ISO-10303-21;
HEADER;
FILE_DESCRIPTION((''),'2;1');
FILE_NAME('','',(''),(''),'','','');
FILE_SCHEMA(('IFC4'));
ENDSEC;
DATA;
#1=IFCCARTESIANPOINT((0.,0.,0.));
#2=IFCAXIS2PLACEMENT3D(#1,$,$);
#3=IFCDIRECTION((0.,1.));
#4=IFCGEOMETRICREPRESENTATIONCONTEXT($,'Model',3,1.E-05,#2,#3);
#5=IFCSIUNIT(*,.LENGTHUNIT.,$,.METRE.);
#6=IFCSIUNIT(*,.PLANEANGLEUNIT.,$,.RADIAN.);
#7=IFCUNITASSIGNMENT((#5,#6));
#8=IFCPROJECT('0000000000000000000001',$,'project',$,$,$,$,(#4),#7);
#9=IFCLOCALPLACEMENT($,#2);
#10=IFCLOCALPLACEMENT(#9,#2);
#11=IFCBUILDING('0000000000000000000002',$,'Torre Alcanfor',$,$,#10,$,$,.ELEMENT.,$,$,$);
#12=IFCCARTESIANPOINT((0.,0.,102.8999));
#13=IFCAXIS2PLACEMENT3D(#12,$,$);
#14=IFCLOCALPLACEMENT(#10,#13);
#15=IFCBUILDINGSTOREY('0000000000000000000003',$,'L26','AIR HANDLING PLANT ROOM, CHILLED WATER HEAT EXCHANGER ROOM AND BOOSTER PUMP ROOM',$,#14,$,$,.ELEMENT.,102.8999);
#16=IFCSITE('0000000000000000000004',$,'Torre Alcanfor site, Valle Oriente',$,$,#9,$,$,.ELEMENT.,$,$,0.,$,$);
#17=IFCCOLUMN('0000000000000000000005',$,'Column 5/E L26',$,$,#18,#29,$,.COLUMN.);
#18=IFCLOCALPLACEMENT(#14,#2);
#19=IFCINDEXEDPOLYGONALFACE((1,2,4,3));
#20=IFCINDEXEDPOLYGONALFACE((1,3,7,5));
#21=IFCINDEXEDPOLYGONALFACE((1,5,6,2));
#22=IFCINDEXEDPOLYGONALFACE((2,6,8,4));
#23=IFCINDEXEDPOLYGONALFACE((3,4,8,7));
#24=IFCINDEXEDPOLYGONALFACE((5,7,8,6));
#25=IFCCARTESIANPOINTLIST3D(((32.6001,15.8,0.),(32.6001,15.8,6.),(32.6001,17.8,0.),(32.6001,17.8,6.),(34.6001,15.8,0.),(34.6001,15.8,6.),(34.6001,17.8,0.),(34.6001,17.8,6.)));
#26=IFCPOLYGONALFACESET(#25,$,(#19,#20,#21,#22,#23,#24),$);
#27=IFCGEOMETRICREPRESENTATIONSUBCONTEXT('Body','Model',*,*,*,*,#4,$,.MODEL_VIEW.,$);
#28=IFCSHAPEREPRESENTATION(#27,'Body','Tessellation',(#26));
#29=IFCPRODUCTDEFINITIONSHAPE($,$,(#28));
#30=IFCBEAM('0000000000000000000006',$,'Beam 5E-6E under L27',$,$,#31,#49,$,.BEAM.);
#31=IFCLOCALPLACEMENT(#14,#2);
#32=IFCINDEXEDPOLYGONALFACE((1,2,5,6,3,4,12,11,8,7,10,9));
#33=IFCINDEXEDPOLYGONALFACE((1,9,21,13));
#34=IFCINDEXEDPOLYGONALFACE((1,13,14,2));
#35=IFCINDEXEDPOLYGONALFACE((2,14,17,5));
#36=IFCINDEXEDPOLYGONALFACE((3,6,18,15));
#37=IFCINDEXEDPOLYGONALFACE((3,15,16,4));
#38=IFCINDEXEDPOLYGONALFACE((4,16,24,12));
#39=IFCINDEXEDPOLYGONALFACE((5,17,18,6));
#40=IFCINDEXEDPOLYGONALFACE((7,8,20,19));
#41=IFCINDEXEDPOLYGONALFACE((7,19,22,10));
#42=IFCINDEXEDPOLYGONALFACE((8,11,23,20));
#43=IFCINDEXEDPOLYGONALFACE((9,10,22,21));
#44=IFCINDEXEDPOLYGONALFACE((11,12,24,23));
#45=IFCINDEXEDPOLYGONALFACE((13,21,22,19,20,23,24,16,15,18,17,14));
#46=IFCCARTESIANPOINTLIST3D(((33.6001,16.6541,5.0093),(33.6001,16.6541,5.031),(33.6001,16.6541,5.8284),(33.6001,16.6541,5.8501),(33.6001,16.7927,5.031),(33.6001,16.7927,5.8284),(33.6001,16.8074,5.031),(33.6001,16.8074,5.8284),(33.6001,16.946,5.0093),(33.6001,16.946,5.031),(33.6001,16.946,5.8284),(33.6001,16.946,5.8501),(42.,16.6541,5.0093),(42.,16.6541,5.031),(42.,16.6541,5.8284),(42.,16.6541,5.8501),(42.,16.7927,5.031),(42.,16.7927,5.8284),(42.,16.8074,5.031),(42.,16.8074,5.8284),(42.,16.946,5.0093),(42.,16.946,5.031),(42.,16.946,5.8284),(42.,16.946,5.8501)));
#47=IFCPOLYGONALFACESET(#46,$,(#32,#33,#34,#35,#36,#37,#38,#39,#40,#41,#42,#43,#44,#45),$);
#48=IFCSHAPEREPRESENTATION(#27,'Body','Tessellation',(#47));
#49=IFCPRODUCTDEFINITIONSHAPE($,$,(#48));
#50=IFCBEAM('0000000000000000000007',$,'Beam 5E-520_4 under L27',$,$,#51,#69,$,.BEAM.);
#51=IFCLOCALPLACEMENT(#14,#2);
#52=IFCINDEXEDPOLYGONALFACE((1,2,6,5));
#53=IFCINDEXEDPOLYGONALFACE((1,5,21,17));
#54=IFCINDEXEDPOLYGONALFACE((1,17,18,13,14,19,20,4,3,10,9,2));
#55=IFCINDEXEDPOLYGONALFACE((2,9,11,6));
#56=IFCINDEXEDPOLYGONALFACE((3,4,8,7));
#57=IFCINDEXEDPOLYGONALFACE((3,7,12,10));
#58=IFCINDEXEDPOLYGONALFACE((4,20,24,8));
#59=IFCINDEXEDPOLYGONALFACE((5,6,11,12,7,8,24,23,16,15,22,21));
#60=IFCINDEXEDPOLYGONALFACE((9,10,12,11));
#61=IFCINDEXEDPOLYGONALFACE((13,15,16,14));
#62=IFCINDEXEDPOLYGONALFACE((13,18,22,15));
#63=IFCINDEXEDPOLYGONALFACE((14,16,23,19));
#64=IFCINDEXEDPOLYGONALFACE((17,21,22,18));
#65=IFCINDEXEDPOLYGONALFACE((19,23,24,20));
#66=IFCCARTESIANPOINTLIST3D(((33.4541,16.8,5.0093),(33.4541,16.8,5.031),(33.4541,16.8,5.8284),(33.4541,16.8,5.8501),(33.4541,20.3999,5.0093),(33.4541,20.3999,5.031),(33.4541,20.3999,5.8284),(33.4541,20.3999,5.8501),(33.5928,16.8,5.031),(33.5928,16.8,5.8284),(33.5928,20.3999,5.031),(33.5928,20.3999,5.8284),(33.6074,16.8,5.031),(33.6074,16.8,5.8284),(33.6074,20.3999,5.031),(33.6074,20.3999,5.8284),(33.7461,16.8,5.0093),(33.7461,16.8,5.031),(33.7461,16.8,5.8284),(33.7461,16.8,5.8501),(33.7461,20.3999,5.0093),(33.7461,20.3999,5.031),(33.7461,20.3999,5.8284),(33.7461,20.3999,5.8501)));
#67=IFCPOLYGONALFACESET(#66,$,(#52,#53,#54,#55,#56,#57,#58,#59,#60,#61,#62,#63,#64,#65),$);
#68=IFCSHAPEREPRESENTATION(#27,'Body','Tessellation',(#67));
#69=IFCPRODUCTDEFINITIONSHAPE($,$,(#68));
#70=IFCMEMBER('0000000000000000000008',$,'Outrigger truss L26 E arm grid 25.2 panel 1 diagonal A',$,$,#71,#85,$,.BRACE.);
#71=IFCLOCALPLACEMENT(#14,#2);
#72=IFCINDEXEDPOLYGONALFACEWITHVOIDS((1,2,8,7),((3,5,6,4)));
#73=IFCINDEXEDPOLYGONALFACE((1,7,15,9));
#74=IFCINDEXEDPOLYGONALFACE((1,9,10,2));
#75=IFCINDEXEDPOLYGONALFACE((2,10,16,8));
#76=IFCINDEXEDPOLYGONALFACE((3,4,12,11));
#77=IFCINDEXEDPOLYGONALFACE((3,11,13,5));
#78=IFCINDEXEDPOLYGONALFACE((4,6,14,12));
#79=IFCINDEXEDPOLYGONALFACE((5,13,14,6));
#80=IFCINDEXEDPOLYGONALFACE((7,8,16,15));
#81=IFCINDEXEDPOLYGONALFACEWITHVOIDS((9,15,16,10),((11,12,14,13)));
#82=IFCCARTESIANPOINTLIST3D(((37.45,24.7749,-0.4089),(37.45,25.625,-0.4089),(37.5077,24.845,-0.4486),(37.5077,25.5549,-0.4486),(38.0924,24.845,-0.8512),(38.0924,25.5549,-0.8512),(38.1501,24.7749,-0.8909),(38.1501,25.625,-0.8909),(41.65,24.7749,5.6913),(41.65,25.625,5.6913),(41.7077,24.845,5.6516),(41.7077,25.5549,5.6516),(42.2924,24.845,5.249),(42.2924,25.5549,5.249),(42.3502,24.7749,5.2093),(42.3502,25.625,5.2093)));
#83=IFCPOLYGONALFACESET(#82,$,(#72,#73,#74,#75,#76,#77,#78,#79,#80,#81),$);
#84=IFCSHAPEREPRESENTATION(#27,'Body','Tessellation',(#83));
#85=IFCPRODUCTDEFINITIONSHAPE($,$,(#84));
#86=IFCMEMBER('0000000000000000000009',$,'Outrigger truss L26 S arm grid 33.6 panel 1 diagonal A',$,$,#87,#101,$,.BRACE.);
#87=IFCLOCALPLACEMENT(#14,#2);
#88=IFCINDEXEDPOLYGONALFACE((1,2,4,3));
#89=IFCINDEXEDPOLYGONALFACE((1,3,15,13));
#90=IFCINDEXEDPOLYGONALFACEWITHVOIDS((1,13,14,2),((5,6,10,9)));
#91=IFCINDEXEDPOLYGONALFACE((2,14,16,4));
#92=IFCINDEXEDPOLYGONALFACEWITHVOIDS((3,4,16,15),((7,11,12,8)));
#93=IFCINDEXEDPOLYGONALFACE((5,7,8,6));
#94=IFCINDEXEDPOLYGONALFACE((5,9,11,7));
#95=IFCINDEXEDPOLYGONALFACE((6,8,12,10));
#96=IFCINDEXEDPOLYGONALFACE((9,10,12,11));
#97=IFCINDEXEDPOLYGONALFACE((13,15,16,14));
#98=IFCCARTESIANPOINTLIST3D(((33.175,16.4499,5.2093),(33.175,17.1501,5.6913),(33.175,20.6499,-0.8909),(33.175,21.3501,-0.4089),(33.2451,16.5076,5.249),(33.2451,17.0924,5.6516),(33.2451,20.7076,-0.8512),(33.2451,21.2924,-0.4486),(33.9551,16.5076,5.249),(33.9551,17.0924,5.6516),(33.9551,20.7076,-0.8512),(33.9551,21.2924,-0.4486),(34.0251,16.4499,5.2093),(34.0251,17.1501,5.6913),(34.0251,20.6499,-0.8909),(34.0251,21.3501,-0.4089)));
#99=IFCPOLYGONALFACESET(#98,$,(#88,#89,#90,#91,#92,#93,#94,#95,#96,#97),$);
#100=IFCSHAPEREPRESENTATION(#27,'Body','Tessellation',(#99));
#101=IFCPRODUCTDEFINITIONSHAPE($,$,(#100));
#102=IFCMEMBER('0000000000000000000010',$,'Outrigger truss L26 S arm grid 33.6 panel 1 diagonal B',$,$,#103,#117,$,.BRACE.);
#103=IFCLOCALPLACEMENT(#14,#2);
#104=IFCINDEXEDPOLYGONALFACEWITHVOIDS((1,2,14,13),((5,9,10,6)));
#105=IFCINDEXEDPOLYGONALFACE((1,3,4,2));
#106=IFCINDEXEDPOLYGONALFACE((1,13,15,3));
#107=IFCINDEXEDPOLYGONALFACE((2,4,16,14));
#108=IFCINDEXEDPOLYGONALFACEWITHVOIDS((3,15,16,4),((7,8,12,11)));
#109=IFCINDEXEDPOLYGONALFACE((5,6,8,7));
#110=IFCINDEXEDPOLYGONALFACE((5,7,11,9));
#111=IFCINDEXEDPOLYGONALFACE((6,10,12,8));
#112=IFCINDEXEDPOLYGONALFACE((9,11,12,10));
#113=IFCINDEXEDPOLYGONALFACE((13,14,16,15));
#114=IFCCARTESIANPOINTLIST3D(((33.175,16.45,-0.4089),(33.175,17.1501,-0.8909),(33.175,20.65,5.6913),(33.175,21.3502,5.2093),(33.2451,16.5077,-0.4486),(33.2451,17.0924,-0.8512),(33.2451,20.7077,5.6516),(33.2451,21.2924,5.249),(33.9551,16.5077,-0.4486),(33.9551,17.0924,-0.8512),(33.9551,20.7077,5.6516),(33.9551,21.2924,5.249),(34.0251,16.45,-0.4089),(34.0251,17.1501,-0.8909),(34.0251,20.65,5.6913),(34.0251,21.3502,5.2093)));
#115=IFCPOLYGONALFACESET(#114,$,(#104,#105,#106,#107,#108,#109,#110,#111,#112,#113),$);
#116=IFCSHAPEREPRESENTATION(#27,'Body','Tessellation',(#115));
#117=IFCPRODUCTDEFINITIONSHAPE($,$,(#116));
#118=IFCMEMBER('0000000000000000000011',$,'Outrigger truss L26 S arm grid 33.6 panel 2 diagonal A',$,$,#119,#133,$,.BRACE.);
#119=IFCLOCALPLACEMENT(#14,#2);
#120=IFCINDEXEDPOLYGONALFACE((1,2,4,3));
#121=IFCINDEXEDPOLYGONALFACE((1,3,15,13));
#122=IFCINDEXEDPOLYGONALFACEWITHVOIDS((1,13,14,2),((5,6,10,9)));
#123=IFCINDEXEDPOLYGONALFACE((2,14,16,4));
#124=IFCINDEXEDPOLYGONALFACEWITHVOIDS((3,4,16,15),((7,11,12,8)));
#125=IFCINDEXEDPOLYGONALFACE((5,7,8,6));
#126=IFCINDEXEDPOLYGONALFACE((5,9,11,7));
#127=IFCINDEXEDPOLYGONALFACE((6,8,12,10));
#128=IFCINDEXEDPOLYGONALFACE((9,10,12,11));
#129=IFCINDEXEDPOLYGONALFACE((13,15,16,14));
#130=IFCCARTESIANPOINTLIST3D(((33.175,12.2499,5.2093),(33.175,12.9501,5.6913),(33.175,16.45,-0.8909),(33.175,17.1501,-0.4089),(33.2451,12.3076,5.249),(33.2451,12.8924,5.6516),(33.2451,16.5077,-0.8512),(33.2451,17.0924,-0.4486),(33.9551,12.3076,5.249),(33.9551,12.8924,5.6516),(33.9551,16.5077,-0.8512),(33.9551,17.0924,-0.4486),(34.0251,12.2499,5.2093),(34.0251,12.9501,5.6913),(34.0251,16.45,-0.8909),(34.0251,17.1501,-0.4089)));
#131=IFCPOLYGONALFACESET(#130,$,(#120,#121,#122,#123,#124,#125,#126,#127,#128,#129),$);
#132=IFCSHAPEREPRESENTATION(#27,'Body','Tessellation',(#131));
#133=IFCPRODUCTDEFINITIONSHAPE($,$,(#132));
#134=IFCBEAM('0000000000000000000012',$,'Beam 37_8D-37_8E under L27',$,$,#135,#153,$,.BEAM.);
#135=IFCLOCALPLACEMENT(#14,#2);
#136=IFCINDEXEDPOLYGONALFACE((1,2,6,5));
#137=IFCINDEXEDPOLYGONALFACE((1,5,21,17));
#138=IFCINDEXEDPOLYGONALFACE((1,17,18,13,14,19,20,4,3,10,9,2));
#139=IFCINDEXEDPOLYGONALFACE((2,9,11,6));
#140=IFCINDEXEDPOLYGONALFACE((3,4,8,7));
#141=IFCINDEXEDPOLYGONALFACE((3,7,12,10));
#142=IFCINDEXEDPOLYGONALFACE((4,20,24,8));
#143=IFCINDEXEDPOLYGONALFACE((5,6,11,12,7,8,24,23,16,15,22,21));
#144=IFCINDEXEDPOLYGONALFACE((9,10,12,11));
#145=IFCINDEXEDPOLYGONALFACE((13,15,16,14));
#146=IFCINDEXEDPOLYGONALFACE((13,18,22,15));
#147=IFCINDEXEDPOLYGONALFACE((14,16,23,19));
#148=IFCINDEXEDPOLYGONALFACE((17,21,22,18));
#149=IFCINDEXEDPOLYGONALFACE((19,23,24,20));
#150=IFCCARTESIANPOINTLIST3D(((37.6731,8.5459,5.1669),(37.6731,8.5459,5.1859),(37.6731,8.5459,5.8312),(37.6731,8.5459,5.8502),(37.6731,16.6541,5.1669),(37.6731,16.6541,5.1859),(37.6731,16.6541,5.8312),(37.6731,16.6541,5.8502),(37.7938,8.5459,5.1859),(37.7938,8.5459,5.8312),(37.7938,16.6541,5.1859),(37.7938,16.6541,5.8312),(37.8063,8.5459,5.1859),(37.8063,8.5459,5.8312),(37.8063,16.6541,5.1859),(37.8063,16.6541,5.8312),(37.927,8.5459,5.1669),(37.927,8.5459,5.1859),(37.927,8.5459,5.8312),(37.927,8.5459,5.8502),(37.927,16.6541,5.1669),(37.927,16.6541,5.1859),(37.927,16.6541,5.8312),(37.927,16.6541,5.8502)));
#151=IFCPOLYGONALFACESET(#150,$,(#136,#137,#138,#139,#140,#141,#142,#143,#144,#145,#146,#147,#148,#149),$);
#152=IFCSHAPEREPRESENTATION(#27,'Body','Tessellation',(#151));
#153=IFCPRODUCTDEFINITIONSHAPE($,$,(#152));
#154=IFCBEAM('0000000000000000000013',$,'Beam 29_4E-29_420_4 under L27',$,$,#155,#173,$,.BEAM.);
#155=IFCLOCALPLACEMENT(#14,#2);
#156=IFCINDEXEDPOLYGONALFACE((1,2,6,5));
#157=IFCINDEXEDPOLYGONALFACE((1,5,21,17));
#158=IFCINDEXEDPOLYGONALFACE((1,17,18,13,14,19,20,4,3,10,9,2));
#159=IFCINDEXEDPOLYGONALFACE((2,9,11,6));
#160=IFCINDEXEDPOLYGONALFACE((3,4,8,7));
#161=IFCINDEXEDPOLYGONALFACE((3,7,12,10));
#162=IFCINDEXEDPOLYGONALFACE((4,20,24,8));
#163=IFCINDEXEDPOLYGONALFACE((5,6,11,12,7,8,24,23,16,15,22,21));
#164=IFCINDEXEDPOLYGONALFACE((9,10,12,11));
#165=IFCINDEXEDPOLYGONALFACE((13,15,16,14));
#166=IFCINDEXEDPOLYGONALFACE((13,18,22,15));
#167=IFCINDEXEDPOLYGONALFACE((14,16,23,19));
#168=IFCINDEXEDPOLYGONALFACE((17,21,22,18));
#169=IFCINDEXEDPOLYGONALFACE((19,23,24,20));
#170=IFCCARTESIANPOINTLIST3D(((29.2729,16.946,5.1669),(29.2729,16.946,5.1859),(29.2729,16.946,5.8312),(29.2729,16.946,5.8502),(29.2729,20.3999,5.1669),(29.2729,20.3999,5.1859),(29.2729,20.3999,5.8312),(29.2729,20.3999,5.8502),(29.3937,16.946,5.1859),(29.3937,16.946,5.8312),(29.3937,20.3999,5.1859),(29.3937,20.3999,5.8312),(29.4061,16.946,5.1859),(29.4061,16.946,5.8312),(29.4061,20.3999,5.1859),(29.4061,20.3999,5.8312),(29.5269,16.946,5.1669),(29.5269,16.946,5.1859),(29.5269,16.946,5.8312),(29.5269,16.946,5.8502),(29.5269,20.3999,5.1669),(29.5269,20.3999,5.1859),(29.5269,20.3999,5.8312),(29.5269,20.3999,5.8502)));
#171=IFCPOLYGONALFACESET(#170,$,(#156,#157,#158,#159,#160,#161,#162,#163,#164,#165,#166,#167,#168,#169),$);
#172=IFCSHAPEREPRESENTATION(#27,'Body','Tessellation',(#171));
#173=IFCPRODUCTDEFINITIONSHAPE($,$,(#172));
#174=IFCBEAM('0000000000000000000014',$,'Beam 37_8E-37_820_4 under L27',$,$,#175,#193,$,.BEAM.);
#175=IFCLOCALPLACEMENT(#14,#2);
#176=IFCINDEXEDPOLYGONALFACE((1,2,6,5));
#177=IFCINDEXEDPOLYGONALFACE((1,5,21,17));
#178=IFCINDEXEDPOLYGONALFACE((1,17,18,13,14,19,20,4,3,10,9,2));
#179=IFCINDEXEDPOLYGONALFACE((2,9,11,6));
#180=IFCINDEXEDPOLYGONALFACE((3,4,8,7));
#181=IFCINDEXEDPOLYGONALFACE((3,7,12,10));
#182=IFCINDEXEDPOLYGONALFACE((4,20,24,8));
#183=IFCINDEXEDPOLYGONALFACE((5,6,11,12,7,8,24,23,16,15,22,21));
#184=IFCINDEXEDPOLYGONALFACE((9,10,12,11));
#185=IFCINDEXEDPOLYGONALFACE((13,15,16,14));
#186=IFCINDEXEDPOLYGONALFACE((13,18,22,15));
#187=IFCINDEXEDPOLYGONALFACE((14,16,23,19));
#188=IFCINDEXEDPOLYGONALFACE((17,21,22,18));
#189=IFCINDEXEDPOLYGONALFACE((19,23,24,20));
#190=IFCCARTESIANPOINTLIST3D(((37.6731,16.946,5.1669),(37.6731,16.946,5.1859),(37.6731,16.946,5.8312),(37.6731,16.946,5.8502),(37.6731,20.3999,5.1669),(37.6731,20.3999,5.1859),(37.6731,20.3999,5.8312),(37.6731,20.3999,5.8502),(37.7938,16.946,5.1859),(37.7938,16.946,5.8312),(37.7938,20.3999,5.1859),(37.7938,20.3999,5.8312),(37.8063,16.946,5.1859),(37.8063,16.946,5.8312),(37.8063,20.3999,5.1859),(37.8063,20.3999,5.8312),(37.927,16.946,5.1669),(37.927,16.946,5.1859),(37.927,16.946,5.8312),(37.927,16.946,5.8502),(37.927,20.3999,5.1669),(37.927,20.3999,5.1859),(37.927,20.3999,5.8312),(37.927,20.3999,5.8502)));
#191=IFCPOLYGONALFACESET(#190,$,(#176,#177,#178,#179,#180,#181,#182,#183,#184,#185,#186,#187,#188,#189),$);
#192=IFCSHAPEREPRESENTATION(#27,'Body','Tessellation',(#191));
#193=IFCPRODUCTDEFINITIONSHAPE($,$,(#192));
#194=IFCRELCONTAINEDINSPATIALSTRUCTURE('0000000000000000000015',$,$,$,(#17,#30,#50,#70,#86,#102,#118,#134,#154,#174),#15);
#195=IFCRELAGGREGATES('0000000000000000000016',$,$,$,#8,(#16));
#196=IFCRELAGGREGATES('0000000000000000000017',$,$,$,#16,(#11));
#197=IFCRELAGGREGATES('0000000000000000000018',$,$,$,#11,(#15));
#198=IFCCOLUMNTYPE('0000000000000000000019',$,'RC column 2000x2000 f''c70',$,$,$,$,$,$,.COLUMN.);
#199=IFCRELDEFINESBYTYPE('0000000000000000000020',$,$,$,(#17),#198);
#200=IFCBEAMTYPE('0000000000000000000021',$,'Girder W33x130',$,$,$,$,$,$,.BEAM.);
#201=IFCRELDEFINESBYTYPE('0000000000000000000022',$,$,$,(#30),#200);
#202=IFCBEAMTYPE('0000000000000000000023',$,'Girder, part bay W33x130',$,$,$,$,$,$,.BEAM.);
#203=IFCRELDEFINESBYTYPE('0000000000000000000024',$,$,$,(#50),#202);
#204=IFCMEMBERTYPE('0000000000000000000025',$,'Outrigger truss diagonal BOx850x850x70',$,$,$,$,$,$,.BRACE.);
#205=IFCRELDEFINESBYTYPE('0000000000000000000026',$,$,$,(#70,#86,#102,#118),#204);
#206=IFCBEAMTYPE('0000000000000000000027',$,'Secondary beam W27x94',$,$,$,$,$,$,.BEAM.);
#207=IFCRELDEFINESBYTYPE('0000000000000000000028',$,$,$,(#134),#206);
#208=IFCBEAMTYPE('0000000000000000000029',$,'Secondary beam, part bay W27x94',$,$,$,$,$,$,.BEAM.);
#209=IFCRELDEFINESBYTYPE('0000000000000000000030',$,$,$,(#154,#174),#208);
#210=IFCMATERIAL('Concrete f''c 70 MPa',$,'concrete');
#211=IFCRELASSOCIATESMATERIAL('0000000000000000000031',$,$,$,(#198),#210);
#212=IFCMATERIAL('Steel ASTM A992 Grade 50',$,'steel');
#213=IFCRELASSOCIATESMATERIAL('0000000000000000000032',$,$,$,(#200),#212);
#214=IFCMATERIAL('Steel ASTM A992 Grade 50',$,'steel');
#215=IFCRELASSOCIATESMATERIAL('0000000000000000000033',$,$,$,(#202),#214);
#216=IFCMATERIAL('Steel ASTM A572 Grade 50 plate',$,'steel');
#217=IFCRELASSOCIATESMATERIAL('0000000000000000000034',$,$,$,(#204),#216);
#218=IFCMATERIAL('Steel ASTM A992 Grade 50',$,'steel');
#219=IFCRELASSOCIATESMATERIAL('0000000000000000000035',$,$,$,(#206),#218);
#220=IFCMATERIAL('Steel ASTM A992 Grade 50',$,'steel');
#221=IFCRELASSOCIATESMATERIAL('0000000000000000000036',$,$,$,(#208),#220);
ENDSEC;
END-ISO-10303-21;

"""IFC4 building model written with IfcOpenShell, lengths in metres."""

from ifc_helpers import new_model, si_unit, direction, frame, origin, origin_2d, place, context, subcontext, project, spatial, rectangle, hollow_rectangle, i_section, extrude, material, material_profile, profile_set, type_object, element, save


model = new_model("IFC4")

# Units and contexts
model_context = context("Model", 3, precision=1e-05, world=origin(), true_north=direction((0.0, 1.0)))
body_context = subcontext(model_context, "Body", "Model", "MODEL_VIEW")
ifc_project = project(units=[si_unit("LENGTHUNIT", "METRE"), si_unit("PLANEANGLEUNIT", "RADIAN")], contexts=[model_context])

# Site, building, storey
site_placement = place(None, origin())
site = spatial("IfcSite", under=ifc_project, at=site_placement, Name="Torre Alcanfor site, Valle Oriente", CompositionType="ELEMENT", RefElevation=0.0)
building_placement = place(site_placement, origin())
building = spatial("IfcBuilding", under=site, at=building_placement, Name="Torre Alcanfor", CompositionType="ELEMENT")
storey_placement = place(building_placement, frame((0.0, 0.0, 102.8999)))
storey = spatial("IfcBuildingStorey", under=building, at=storey_placement, Name="L26", Description="AIR HANDLING PLANT ROOM, CHILLED WATER HEAT EXCHANGER ROOM AND BOOSTER PUMP ROOM", CompositionType="ELEMENT", Elevation=102.8999)

# Column
ifc_material_1 = material(Name="Concrete f'c 70 MPa", Category="concrete")
ifc_material_profile_1 = material_profile(ifc_material_1, rectangle(XDim=2.0, YDim=2.0, at=origin_2d()), Name="2000x2000")
ifc_profile_set_1 = profile_set([ifc_material_profile_1], Name="Concrete f'c 70 MPa")
column_type = type_object("IfcColumnType", Name="RC column 2000x2000 f'c70", PredefinedType="COLUMN", material=ifc_profile_set_1)
column_placement = place(storey_placement, frame((33.6001, 16.8, 0.0), z_axis=(0.0, 0.0, 1.0), x_axis=(1.0, 0.0, 0.0)))
element("IfcColumn", 1, at=column_placement, inside=storey, type_object=column_type, Name="Column 5/E L26", PredefinedType="COLUMN", context=body_context, shape_type="SweptSolid", body=[
    extrude(rectangle(XDim=2.0, YDim=2.0, at=origin_2d()), origin(), (0.0, 0.0, 1.0), 6.0),
])

# Beams
ifc_material_2 = material(Name="Steel ASTM A992 Grade 50", Category="steel")
ifc_material_profile_2 = material_profile(ifc_material_2, i_section(OverallWidth=0.292, OverallDepth=0.8408, WebThickness=0.0146, FlangeThickness=0.0217, at=origin_2d()), Name="W33x130")
ifc_profile_set_2 = profile_set([ifc_material_profile_2], Name="Steel ASTM A992 Grade 50")
beam_type_1 = type_object("IfcBeamType", Name="Girder W33x130", PredefinedType="BEAM", material=ifc_profile_set_2)
beam_1_placement = place(storey_placement, frame((33.6001, 16.8, 5.4297), z_axis=(1.0, 0.0, 0.0), x_axis=(0.0, 1.0, 0.0)))
element("IfcBeam", 2, at=beam_1_placement, inside=storey, type_object=beam_type_1, Name="Beam 5E-6E under L27", PredefinedType="BEAM", context=body_context, shape_type="SweptSolid", body=[
    extrude(i_section(OverallWidth=0.292, OverallDepth=0.8408, WebThickness=0.0146, FlangeThickness=0.0217, at=origin_2d()), origin(), (0.0, 0.0, 1.0), 8.3999),
])
ifc_material_3 = material(Name="Steel ASTM A992 Grade 50", Category="steel")
ifc_material_profile_3 = material_profile(ifc_material_3, i_section(OverallWidth=0.292, OverallDepth=0.8408, WebThickness=0.0146, FlangeThickness=0.0217, at=origin_2d()), Name="W33x130")
ifc_profile_set_3 = profile_set([ifc_material_profile_3], Name="Steel ASTM A992 Grade 50")
beam_type_2 = type_object("IfcBeamType", Name="Girder, part bay W33x130", PredefinedType="BEAM", material=ifc_profile_set_3)
beam_2_placement = place(storey_placement, frame((33.6001, 16.8, 5.4297), z_axis=(0.0, 1.0, 0.0), x_axis=(-1.0, 0.0, 0.0)))
element("IfcBeam", 3, at=beam_2_placement, inside=storey, type_object=beam_type_2, Name="Beam 5E-520_4 under L27", PredefinedType="BEAM", context=body_context, shape_type="SweptSolid", body=[
    extrude(i_section(OverallWidth=0.292, OverallDepth=0.8408, WebThickness=0.0146, FlangeThickness=0.0217, at=origin_2d()), origin(), (0.0, 0.0, 1.0), 3.5999),
])

# Members
ifc_material_4 = material(Name="Steel ASTM A572 Grade 50 plate", Category="steel")
ifc_material_profile_4 = material_profile(ifc_material_4, hollow_rectangle(XDim=0.8501, YDim=0.8501, WallThickness=0.0701, at=origin_2d()), Name="BOX 850x850x70")
ifc_profile_set_4 = profile_set([ifc_material_profile_4], Name="Steel ASTM A572 Grade 50 plate")
member_type = type_object("IfcMemberType", Name="Outrigger truss diagonal BOx850x850x70", PredefinedType="BRACE", material=ifc_profile_set_4)
for number, where, z_axis, x_axis, name in (
    (4, (37.8, 25.2, -0.6499), (0.567091, 0.0, 0.823655), (0.0, 1.0, 0.0), "Outrigger truss L26 E arm grid 25.2 panel 1 diagonal A"),
    (5, (33.6001, 21.0, -0.6499), (0.0, -0.567091, 0.823655), (1.0, 0.0, 0.0), "Outrigger truss L26 S arm grid 33.6 panel 1 diagonal A"),
    (6, (33.6001, 16.8, -0.6499), (0.0, 0.567091, 0.823655), (-1.0, 0.0, 0.0), "Outrigger truss L26 S arm grid 33.6 panel 1 diagonal B"),
    (7, (33.6001, 16.8, -0.6499), (0.0, -0.567091, 0.823655), (1.0, 0.0, 0.0), "Outrigger truss L26 S arm grid 33.6 panel 2 diagonal A"),
):
    element("IfcMember", number, at=place(storey_placement, frame(where, z_axis=z_axis, x_axis=x_axis)), inside=storey, type_object=member_type, Name=name, PredefinedType="BRACE", context=body_context, shape_type="SweptSolid", body=[
        extrude(hollow_rectangle(XDim=0.8501, YDim=0.8501, WallThickness=0.0701, at=origin_2d()), origin(), (0.0, 0.0, 1.0), 7.4062),
    ])

# Beams
ifc_material_5 = material(Name="Steel ASTM A992 Grade 50", Category="steel")
ifc_material_profile_5 = material_profile(ifc_material_5, i_section(OverallWidth=0.2539, OverallDepth=0.6833, WebThickness=0.0125, FlangeThickness=0.019, at=origin_2d()), Name="W27x94")
ifc_profile_set_5 = profile_set([ifc_material_profile_5], Name="Steel ASTM A992 Grade 50")
beam_type_3 = type_object("IfcBeamType", Name="Secondary beam W27x94", PredefinedType="BEAM", material=ifc_profile_set_5)
beam_3_placement = place(storey_placement, frame((37.8, 8.5459, 5.5085), z_axis=(0.0, 1.0, 0.0), x_axis=(-1.0, 0.0, 0.0)))
element("IfcBeam", 8, at=beam_3_placement, inside=storey, type_object=beam_type_3, Name="Beam 37_8D-37_8E under L27", PredefinedType="BEAM", context=body_context, shape_type="SweptSolid", body=[
    extrude(i_section(OverallWidth=0.2539, OverallDepth=0.6833, WebThickness=0.0125, FlangeThickness=0.019, at=origin_2d()), origin(), (0.0, 0.0, 1.0), 8.1082),
])
ifc_material_6 = material(Name="Steel ASTM A992 Grade 50", Category="steel")
ifc_material_profile_6 = material_profile(ifc_material_6, i_section(OverallWidth=0.2539, OverallDepth=0.6833, WebThickness=0.0125, FlangeThickness=0.019, at=origin_2d()), Name="W27x94")
ifc_profile_set_6 = profile_set([ifc_material_profile_6], Name="Steel ASTM A992 Grade 50")
beam_type_4 = type_object("IfcBeamType", Name="Secondary beam, part bay W27x94", PredefinedType="BEAM", material=ifc_profile_set_6)
for number, where, z_axis, x_axis, name in (
    (9, (29.3999, 16.946, 5.5085), (0.0, 1.0, 0.0), (-1.0, 0.0, 0.0), "Beam 29_4E-29_420_4 under L27"),
    (10, (37.8, 16.946, 5.5085), (0.0, 1.0, 0.0), (-1.0, 0.0, 0.0), "Beam 37_8E-37_820_4 under L27"),
):
    element("IfcBeam", number, at=place(storey_placement, frame(where, z_axis=z_axis, x_axis=x_axis)), inside=storey, type_object=beam_type_4, Name=name, PredefinedType="BEAM", context=body_context, shape_type="SweptSolid", body=[
        extrude(i_section(OverallWidth=0.2539, OverallDepth=0.6833, WebThickness=0.0125, FlangeThickness=0.019, at=origin_2d()), origin(), (0.0, 0.0, 1.0), 3.4539),
    ])

save(model, "model.ifc")
